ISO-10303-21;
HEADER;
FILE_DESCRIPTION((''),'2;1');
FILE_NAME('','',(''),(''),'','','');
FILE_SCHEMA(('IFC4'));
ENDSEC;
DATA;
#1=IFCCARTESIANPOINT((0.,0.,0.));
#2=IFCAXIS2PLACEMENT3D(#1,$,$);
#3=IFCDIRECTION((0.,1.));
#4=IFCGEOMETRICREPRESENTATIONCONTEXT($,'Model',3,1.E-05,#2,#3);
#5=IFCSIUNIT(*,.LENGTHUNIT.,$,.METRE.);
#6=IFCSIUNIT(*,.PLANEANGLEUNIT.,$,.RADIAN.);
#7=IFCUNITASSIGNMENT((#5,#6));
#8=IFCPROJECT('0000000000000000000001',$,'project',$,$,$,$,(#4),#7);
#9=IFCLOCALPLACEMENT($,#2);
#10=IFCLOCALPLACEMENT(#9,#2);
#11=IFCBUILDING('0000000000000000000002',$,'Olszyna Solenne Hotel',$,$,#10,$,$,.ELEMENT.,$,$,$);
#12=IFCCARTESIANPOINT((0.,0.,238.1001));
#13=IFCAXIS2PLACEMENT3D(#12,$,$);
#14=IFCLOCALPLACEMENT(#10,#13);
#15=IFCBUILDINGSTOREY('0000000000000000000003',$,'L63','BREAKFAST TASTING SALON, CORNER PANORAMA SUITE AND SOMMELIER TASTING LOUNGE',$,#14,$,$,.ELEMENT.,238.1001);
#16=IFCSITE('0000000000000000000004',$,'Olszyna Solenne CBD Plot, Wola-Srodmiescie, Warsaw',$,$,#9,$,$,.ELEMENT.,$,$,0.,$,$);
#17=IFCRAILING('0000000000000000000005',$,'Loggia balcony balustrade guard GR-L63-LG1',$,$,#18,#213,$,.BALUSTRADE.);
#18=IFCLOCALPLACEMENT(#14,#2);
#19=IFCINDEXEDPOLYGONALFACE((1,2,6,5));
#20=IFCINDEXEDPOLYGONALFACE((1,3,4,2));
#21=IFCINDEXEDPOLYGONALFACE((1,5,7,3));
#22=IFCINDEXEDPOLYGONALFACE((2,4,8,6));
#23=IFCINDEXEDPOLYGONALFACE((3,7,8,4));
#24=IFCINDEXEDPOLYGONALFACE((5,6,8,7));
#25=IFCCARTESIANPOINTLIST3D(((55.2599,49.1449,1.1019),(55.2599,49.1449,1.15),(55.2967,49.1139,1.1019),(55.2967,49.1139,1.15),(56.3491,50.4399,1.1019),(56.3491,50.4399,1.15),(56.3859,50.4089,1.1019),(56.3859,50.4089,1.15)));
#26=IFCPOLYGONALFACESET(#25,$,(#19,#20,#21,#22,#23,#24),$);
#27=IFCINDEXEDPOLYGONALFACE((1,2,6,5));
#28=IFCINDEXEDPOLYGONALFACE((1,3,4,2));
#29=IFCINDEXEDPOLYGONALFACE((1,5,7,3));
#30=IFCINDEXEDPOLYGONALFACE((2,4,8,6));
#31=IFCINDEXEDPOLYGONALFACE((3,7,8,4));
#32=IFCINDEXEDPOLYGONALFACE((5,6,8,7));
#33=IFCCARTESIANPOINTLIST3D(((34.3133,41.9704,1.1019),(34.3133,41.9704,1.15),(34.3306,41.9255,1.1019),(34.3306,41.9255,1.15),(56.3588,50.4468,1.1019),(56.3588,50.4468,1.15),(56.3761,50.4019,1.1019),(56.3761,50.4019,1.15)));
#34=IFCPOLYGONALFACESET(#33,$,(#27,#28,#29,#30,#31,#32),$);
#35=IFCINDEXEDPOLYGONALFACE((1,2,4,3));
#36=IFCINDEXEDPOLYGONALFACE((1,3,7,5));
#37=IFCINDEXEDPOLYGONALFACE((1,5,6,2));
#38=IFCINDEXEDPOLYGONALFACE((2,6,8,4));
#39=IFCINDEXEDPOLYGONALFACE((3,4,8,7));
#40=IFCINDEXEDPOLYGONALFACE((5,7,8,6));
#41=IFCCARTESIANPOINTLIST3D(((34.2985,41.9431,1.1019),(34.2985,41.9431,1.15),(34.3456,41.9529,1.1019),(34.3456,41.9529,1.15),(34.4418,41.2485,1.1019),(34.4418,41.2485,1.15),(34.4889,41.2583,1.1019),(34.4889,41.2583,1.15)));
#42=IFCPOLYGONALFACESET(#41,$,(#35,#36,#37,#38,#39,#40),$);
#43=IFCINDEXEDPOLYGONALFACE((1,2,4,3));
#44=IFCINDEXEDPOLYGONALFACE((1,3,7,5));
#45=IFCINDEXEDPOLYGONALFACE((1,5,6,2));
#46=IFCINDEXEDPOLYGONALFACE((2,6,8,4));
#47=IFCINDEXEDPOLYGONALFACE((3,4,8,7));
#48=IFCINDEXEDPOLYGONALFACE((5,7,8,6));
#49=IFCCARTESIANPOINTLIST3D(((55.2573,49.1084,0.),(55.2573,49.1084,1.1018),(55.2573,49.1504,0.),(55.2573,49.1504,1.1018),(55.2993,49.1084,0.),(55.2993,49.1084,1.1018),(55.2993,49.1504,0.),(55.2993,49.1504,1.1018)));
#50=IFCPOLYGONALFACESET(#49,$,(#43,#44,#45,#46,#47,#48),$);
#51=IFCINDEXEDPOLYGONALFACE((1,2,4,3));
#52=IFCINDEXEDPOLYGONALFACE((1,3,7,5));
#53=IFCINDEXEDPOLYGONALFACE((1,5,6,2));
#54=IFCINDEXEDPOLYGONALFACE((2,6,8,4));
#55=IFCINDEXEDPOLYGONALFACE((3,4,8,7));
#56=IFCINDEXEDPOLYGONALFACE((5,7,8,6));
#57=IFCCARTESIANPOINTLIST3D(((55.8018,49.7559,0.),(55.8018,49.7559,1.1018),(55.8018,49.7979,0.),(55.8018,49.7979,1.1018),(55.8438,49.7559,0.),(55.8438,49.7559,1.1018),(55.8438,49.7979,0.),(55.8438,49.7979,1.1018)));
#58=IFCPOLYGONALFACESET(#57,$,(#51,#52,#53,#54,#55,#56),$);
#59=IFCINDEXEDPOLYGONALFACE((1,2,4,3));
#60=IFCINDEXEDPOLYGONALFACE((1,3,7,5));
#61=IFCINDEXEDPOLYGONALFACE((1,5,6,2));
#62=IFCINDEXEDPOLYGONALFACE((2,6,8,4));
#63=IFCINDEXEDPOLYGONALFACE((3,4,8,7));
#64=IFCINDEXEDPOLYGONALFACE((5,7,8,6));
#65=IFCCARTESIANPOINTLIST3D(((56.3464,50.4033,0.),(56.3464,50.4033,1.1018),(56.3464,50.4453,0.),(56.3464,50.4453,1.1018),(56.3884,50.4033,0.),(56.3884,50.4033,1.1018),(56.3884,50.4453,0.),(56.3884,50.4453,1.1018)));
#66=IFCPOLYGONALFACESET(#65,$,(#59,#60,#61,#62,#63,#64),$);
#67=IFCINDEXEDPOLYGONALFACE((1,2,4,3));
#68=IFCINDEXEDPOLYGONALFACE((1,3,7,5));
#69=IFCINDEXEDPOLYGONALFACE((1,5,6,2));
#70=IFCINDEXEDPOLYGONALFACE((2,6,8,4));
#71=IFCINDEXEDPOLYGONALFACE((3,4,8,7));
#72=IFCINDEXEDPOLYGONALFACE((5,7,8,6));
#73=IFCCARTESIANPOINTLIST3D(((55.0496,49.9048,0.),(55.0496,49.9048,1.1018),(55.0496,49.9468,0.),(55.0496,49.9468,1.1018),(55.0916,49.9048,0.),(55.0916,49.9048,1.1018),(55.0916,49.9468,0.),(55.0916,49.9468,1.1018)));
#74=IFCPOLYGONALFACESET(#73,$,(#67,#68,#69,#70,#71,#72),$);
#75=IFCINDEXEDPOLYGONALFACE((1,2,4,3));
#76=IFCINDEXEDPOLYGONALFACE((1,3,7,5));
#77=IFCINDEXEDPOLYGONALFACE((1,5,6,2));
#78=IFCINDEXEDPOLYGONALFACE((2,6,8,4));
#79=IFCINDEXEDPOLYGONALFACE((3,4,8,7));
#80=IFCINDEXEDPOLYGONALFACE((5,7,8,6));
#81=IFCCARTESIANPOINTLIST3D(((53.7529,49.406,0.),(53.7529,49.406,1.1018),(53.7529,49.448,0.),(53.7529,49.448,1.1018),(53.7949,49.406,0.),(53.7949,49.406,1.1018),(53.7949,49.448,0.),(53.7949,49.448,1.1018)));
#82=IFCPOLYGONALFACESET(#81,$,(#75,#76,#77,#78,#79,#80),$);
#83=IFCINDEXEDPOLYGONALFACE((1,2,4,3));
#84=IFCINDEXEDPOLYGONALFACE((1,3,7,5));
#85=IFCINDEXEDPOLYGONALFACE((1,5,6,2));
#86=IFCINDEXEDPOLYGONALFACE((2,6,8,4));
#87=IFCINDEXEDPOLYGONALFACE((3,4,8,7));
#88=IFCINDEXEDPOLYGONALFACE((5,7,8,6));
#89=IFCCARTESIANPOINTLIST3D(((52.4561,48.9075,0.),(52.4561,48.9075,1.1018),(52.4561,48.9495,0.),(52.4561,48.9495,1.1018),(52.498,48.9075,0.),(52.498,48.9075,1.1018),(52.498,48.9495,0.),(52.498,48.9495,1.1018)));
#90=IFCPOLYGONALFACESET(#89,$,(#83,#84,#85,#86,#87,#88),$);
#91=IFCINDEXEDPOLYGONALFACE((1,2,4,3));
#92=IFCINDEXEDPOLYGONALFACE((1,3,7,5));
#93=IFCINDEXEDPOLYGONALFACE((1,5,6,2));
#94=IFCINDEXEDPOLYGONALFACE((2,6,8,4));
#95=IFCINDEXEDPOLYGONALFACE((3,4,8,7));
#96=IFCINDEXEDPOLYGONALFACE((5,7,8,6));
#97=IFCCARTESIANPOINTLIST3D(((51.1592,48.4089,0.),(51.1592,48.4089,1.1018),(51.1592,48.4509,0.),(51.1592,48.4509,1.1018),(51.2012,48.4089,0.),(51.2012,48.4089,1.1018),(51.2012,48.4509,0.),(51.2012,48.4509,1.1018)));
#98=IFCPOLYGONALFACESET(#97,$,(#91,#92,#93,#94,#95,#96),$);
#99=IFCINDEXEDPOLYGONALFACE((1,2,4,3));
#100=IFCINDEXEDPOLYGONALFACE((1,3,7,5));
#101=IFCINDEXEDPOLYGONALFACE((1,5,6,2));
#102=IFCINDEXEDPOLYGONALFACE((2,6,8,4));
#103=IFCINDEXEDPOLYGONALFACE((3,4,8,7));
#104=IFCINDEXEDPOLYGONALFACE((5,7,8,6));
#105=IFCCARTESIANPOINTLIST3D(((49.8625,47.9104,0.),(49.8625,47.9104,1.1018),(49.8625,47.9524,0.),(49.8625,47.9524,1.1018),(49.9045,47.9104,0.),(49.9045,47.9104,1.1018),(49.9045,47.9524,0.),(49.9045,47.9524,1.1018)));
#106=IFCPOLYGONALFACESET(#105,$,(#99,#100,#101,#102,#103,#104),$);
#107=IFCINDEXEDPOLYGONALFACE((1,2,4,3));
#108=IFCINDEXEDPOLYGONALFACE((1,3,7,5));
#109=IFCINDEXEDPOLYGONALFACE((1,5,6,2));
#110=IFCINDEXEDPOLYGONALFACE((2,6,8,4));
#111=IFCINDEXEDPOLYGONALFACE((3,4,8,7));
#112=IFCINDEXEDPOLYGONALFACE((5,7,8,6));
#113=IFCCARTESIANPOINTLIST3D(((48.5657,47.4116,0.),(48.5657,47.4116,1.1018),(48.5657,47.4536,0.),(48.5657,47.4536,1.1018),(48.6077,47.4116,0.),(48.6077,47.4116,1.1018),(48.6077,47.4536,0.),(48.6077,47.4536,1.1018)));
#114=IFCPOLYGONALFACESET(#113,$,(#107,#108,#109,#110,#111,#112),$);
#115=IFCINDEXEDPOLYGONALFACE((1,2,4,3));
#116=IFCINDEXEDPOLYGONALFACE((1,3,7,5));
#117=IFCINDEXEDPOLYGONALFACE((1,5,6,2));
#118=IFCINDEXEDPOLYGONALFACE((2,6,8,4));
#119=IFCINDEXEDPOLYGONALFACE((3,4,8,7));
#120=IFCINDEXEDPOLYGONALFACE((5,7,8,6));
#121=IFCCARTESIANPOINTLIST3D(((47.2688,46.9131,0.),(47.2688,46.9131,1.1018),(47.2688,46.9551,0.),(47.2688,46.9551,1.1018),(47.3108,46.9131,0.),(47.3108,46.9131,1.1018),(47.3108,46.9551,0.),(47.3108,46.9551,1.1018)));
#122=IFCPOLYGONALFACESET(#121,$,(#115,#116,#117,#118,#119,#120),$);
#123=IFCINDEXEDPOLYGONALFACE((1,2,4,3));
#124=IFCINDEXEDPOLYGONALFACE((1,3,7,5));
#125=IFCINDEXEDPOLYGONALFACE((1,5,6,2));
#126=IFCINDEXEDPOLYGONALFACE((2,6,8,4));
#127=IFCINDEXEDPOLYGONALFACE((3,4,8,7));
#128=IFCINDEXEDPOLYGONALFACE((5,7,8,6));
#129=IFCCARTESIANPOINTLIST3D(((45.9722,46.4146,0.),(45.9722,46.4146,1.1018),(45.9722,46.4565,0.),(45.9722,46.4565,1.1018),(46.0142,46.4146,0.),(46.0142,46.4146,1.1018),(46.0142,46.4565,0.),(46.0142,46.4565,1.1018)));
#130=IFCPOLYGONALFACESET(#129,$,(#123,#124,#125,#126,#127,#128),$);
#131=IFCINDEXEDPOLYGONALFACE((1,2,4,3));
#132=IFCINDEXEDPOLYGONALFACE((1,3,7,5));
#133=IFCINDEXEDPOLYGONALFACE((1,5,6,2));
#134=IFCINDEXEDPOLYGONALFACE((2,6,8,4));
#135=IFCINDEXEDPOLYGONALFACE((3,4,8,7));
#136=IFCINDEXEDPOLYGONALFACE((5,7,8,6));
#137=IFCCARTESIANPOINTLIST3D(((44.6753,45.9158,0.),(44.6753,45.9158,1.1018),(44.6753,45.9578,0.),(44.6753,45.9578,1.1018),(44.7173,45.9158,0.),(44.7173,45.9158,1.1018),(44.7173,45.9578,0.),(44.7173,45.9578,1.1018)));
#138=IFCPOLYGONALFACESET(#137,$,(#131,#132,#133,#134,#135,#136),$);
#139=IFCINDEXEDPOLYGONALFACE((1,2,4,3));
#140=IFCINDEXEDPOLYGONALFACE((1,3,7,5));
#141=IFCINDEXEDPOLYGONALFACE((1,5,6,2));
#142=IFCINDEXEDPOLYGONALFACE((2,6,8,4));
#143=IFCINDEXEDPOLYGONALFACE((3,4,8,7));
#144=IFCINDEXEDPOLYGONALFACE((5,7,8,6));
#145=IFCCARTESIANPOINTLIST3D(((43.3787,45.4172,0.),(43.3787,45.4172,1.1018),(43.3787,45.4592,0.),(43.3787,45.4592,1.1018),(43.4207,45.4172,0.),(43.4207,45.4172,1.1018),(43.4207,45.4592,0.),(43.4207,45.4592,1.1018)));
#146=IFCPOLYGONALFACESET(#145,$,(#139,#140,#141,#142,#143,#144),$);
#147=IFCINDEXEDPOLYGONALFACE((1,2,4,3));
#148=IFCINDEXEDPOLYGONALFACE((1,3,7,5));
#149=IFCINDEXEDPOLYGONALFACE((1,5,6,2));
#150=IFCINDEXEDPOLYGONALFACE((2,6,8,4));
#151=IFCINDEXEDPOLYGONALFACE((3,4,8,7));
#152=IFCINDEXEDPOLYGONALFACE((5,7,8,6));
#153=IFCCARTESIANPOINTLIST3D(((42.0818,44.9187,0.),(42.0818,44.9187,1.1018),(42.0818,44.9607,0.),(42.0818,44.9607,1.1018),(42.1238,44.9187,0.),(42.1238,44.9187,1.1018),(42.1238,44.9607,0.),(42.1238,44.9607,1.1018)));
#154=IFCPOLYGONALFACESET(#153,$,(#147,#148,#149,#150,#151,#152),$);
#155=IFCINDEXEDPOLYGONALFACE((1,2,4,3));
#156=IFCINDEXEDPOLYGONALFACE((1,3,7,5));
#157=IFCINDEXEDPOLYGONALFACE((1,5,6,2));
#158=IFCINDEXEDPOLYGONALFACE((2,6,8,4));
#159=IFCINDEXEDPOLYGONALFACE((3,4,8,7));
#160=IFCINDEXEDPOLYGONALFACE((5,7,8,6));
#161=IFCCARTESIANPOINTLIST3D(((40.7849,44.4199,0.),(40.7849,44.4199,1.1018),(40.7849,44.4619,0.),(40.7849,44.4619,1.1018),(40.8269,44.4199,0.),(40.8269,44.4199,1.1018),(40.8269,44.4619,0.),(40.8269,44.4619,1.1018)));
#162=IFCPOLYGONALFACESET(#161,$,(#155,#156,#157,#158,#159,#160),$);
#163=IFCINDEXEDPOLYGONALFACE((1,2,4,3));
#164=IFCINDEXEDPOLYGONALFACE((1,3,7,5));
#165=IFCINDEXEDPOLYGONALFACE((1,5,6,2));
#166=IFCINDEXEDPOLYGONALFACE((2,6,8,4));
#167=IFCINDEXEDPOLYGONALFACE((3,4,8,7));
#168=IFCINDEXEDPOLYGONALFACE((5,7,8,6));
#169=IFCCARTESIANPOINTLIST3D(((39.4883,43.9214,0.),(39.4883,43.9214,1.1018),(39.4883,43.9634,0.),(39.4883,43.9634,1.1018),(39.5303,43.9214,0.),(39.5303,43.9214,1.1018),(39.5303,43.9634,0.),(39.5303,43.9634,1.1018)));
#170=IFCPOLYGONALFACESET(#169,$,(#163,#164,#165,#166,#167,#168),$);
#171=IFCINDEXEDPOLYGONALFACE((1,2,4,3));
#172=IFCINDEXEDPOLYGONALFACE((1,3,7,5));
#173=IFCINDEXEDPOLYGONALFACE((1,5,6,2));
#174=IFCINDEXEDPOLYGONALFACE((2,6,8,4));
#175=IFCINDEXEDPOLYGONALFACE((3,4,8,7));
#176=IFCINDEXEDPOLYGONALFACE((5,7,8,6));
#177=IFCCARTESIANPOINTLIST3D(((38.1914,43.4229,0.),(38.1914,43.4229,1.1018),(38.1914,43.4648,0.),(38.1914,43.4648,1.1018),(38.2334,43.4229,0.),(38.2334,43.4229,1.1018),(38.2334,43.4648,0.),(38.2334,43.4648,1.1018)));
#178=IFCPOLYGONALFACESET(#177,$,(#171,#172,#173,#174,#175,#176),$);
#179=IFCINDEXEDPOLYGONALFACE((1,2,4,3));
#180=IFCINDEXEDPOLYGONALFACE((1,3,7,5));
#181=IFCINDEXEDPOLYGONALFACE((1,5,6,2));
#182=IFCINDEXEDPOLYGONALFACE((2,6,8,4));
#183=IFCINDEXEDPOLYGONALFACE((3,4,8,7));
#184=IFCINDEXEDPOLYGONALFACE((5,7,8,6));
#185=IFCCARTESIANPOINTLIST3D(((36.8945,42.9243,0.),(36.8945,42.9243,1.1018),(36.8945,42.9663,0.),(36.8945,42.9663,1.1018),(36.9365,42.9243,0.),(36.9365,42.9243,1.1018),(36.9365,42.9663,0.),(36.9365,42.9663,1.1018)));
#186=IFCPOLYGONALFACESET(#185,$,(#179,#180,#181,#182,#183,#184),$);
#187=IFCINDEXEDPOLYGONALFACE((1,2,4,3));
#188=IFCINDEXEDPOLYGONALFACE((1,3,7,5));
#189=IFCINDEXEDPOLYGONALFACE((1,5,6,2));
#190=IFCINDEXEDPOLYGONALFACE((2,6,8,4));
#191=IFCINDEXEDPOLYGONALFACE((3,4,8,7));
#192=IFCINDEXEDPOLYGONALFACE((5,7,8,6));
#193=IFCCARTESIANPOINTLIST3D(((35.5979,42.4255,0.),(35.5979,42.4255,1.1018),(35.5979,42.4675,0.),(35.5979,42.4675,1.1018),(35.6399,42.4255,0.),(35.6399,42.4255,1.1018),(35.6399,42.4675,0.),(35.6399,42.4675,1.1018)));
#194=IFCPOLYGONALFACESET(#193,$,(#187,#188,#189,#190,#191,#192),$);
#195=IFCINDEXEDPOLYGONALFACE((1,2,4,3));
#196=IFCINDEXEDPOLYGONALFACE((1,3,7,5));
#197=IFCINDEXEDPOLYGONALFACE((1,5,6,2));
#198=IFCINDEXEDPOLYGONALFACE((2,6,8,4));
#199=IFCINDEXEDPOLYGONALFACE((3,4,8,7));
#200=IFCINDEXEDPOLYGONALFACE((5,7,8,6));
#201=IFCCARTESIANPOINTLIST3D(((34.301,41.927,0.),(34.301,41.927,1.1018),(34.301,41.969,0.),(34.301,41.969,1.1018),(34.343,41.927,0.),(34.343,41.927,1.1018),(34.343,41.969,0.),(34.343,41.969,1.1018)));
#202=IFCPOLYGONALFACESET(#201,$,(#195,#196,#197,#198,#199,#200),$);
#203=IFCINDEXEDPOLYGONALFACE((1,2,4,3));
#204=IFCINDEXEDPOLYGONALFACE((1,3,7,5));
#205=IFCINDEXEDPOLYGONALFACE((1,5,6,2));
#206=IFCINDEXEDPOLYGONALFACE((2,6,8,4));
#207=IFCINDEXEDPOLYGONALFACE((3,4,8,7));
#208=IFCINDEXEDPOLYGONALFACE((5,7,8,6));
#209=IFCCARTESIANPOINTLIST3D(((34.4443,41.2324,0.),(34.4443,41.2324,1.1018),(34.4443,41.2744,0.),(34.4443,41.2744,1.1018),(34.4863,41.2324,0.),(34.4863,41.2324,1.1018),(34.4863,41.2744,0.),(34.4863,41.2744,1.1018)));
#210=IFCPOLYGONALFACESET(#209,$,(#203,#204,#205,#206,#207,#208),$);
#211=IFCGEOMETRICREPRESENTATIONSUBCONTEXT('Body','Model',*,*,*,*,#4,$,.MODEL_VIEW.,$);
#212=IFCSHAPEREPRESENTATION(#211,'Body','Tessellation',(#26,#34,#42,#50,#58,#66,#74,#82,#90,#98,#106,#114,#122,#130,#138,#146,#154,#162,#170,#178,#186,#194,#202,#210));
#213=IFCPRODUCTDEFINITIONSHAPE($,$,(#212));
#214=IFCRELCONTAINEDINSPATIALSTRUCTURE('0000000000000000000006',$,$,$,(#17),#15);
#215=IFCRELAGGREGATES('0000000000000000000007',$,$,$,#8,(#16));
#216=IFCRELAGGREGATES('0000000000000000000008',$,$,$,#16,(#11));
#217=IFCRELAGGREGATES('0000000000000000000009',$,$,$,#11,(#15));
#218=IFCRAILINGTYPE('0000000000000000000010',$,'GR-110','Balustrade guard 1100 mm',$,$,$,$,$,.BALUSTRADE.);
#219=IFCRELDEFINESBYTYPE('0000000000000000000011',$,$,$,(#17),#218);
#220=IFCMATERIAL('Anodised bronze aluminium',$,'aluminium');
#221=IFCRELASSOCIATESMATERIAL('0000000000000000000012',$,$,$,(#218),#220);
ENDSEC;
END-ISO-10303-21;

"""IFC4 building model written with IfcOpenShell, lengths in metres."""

from ifc_helpers import new_model, si_unit, direction, frame, origin, origin_2d, place, context, subcontext, project, spatial, rectangle, extrude, material, type_object, element, save


model = new_model("IFC4")

# Units and contexts
model_context = context("Model", 3, precision=1e-05, world=origin(), true_north=direction((0.0, 1.0)))
body_context = subcontext(model_context, "Body", "Model", "MODEL_VIEW")
ifc_project = project(units=[si_unit("LENGTHUNIT", "METRE"), si_unit("PLANEANGLEUNIT", "RADIAN")], contexts=[model_context])

# Site, building, storey
site_placement = place(None, origin())
site = spatial("IfcSite", under=ifc_project, at=site_placement, Name="Olszyna Solenne CBD Plot, Wola-Srodmiescie, Warsaw", CompositionType="ELEMENT", RefElevation=0.0)
building_placement = place(site_placement, origin())
building = spatial("IfcBuilding", under=site, at=building_placement, Name="Olszyna Solenne Hotel", CompositionType="ELEMENT")
storey_placement = place(building_placement, frame((0.0, 0.0, 238.1001)))
storey = spatial("IfcBuildingStorey", under=building, at=storey_placement, Name="L63", Description="BREAKFAST TASTING SALON, CORNER PANORAMA SUITE AND SOMMELIER TASTING LOUNGE", CompositionType="ELEMENT", Elevation=238.1001)

# Railing
ifc_material_1 = material(Name="Anodised bronze aluminium", Category="aluminium")
railing_type = type_object("IfcRailingType", Name="GR-110", Description="Balustrade guard 1100 mm", PredefinedType="BALUSTRADE", material=ifc_material_1)
railing_placement = place(storey_placement, frame((55.2783, 49.1294, 0.0)))
element("IfcRailing", 1, at=railing_placement, inside=storey, type_object=railing_type, Name="Loggia balcony balustrade guard GR-L63-LG1", PredefinedType="BALUSTRADE", context=body_context, shape_type="SweptSolid", body=[
    extrude(rectangle(XDim=0.0481, YDim=0.0481, at=origin_2d()), frame((0.0, 0.0, 1.126), z_axis=(0.643669, 0.765304, 0.0), x_axis=(-0.765304, 0.643669, 0.0)), (0.0, 0.0, 1.0), 1.6921),
    extrude(rectangle(XDim=0.0481, YDim=0.0481, at=origin_2d()), frame((1.0891, 1.2949, 1.126), z_axis=(-0.933384, -0.35888, 0.0), x_axis=(0.35888, -0.933384, 0.0)), (0.0, 0.0, 1.0), 23.6189),
    extrude(rectangle(XDim=0.0481, YDim=0.0481, at=origin_2d()), frame((-20.9563, -7.1814, 1.126), z_axis=(0.202071, -0.979371, 0.0), x_axis=(0.979371, 0.202071, 0.0)), (0.0, 0.0, 1.0), 0.7092),
    extrude(rectangle(XDim=0.042, YDim=0.042, at=origin_2d()), origin(), (0.0, 0.0, 1.0), 1.1018),
    extrude(rectangle(XDim=0.042, YDim=0.042, at=origin_2d()), frame((0.5444, 0.6475, 0.0)), (0.0, 0.0, 1.0), 1.1018),
    extrude(rectangle(XDim=0.042, YDim=0.042, at=origin_2d()), frame((1.0891, 1.2949, 0.0)), (0.0, 0.0, 1.0), 1.1018),
    extrude(rectangle(XDim=0.042, YDim=0.042, at=origin_2d()), frame((-0.2078, 0.7964, 0.0)), (0.0, 0.0, 1.0), 1.1018),
    extrude(rectangle(XDim=0.042, YDim=0.042, at=origin_2d()), frame((-1.5044, 0.2976, 0.0)), (0.0, 0.0, 1.0), 1.1018),
    extrude(rectangle(XDim=0.042, YDim=0.042, at=origin_2d()), frame((-2.8013, -0.2009, 0.0)), (0.0, 0.0, 1.0), 1.1018),
    extrude(rectangle(XDim=0.042, YDim=0.042, at=origin_2d()), frame((-4.0981, -0.6995, 0.0)), (0.0, 0.0, 1.0), 1.1018),
    extrude(rectangle(XDim=0.042, YDim=0.042, at=origin_2d()), frame((-5.3948, -1.198, 0.0)), (0.0, 0.0, 1.0), 1.1018),
    extrude(rectangle(XDim=0.042, YDim=0.042, at=origin_2d()), frame((-6.6917, -1.6968, 0.0)), (0.0, 0.0, 1.0), 1.1018),
    extrude(rectangle(XDim=0.042, YDim=0.042, at=origin_2d()), frame((-7.9885, -2.1953, 0.0)), (0.0, 0.0, 1.0), 1.1018),
    extrude(rectangle(XDim=0.042, YDim=0.042, at=origin_2d()), frame((-9.2852, -2.6938, 0.0)), (0.0, 0.0, 1.0), 1.1018),
    extrude(rectangle(XDim=0.042, YDim=0.042, at=origin_2d()), frame((-10.582, -3.1926, 0.0)), (0.0, 0.0, 1.0), 1.1018),
    extrude(rectangle(XDim=0.042, YDim=0.042, at=origin_2d()), frame((-11.8787, -3.6912, 0.0)), (0.0, 0.0, 1.0), 1.1018),
    extrude(rectangle(XDim=0.042, YDim=0.042, at=origin_2d()), frame((-13.1755, -4.1897, 0.0)), (0.0, 0.0, 1.0), 1.1018),
    extrude(rectangle(XDim=0.042, YDim=0.042, at=origin_2d()), frame((-14.4724, -4.6885, 0.0)), (0.0, 0.0, 1.0), 1.1018),
    extrude(rectangle(XDim=0.042, YDim=0.042, at=origin_2d()), frame((-15.769, -5.187, 0.0)), (0.0, 0.0, 1.0), 1.1018),
    extrude(rectangle(XDim=0.042, YDim=0.042, at=origin_2d()), frame((-17.0659, -5.6855, 0.0)), (0.0, 0.0, 1.0), 1.1018),
    extrude(rectangle(XDim=0.042, YDim=0.042, at=origin_2d()), frame((-18.3628, -6.1841, 0.0)), (0.0, 0.0, 1.0), 1.1018),
    extrude(rectangle(XDim=0.042, YDim=0.042, at=origin_2d()), frame((-19.6594, -6.6829, 0.0)), (0.0, 0.0, 1.0), 1.1018),
    extrude(rectangle(XDim=0.042, YDim=0.042, at=origin_2d()), frame((-20.9563, -7.1814, 0.0)), (0.0, 0.0, 1.0), 1.1018),
    extrude(rectangle(XDim=0.042, YDim=0.042, at=origin_2d()), frame((-20.813, -7.876, 0.0)), (0.0, 0.0, 1.0), 1.1018),
])

save(model, "model.ifc")
